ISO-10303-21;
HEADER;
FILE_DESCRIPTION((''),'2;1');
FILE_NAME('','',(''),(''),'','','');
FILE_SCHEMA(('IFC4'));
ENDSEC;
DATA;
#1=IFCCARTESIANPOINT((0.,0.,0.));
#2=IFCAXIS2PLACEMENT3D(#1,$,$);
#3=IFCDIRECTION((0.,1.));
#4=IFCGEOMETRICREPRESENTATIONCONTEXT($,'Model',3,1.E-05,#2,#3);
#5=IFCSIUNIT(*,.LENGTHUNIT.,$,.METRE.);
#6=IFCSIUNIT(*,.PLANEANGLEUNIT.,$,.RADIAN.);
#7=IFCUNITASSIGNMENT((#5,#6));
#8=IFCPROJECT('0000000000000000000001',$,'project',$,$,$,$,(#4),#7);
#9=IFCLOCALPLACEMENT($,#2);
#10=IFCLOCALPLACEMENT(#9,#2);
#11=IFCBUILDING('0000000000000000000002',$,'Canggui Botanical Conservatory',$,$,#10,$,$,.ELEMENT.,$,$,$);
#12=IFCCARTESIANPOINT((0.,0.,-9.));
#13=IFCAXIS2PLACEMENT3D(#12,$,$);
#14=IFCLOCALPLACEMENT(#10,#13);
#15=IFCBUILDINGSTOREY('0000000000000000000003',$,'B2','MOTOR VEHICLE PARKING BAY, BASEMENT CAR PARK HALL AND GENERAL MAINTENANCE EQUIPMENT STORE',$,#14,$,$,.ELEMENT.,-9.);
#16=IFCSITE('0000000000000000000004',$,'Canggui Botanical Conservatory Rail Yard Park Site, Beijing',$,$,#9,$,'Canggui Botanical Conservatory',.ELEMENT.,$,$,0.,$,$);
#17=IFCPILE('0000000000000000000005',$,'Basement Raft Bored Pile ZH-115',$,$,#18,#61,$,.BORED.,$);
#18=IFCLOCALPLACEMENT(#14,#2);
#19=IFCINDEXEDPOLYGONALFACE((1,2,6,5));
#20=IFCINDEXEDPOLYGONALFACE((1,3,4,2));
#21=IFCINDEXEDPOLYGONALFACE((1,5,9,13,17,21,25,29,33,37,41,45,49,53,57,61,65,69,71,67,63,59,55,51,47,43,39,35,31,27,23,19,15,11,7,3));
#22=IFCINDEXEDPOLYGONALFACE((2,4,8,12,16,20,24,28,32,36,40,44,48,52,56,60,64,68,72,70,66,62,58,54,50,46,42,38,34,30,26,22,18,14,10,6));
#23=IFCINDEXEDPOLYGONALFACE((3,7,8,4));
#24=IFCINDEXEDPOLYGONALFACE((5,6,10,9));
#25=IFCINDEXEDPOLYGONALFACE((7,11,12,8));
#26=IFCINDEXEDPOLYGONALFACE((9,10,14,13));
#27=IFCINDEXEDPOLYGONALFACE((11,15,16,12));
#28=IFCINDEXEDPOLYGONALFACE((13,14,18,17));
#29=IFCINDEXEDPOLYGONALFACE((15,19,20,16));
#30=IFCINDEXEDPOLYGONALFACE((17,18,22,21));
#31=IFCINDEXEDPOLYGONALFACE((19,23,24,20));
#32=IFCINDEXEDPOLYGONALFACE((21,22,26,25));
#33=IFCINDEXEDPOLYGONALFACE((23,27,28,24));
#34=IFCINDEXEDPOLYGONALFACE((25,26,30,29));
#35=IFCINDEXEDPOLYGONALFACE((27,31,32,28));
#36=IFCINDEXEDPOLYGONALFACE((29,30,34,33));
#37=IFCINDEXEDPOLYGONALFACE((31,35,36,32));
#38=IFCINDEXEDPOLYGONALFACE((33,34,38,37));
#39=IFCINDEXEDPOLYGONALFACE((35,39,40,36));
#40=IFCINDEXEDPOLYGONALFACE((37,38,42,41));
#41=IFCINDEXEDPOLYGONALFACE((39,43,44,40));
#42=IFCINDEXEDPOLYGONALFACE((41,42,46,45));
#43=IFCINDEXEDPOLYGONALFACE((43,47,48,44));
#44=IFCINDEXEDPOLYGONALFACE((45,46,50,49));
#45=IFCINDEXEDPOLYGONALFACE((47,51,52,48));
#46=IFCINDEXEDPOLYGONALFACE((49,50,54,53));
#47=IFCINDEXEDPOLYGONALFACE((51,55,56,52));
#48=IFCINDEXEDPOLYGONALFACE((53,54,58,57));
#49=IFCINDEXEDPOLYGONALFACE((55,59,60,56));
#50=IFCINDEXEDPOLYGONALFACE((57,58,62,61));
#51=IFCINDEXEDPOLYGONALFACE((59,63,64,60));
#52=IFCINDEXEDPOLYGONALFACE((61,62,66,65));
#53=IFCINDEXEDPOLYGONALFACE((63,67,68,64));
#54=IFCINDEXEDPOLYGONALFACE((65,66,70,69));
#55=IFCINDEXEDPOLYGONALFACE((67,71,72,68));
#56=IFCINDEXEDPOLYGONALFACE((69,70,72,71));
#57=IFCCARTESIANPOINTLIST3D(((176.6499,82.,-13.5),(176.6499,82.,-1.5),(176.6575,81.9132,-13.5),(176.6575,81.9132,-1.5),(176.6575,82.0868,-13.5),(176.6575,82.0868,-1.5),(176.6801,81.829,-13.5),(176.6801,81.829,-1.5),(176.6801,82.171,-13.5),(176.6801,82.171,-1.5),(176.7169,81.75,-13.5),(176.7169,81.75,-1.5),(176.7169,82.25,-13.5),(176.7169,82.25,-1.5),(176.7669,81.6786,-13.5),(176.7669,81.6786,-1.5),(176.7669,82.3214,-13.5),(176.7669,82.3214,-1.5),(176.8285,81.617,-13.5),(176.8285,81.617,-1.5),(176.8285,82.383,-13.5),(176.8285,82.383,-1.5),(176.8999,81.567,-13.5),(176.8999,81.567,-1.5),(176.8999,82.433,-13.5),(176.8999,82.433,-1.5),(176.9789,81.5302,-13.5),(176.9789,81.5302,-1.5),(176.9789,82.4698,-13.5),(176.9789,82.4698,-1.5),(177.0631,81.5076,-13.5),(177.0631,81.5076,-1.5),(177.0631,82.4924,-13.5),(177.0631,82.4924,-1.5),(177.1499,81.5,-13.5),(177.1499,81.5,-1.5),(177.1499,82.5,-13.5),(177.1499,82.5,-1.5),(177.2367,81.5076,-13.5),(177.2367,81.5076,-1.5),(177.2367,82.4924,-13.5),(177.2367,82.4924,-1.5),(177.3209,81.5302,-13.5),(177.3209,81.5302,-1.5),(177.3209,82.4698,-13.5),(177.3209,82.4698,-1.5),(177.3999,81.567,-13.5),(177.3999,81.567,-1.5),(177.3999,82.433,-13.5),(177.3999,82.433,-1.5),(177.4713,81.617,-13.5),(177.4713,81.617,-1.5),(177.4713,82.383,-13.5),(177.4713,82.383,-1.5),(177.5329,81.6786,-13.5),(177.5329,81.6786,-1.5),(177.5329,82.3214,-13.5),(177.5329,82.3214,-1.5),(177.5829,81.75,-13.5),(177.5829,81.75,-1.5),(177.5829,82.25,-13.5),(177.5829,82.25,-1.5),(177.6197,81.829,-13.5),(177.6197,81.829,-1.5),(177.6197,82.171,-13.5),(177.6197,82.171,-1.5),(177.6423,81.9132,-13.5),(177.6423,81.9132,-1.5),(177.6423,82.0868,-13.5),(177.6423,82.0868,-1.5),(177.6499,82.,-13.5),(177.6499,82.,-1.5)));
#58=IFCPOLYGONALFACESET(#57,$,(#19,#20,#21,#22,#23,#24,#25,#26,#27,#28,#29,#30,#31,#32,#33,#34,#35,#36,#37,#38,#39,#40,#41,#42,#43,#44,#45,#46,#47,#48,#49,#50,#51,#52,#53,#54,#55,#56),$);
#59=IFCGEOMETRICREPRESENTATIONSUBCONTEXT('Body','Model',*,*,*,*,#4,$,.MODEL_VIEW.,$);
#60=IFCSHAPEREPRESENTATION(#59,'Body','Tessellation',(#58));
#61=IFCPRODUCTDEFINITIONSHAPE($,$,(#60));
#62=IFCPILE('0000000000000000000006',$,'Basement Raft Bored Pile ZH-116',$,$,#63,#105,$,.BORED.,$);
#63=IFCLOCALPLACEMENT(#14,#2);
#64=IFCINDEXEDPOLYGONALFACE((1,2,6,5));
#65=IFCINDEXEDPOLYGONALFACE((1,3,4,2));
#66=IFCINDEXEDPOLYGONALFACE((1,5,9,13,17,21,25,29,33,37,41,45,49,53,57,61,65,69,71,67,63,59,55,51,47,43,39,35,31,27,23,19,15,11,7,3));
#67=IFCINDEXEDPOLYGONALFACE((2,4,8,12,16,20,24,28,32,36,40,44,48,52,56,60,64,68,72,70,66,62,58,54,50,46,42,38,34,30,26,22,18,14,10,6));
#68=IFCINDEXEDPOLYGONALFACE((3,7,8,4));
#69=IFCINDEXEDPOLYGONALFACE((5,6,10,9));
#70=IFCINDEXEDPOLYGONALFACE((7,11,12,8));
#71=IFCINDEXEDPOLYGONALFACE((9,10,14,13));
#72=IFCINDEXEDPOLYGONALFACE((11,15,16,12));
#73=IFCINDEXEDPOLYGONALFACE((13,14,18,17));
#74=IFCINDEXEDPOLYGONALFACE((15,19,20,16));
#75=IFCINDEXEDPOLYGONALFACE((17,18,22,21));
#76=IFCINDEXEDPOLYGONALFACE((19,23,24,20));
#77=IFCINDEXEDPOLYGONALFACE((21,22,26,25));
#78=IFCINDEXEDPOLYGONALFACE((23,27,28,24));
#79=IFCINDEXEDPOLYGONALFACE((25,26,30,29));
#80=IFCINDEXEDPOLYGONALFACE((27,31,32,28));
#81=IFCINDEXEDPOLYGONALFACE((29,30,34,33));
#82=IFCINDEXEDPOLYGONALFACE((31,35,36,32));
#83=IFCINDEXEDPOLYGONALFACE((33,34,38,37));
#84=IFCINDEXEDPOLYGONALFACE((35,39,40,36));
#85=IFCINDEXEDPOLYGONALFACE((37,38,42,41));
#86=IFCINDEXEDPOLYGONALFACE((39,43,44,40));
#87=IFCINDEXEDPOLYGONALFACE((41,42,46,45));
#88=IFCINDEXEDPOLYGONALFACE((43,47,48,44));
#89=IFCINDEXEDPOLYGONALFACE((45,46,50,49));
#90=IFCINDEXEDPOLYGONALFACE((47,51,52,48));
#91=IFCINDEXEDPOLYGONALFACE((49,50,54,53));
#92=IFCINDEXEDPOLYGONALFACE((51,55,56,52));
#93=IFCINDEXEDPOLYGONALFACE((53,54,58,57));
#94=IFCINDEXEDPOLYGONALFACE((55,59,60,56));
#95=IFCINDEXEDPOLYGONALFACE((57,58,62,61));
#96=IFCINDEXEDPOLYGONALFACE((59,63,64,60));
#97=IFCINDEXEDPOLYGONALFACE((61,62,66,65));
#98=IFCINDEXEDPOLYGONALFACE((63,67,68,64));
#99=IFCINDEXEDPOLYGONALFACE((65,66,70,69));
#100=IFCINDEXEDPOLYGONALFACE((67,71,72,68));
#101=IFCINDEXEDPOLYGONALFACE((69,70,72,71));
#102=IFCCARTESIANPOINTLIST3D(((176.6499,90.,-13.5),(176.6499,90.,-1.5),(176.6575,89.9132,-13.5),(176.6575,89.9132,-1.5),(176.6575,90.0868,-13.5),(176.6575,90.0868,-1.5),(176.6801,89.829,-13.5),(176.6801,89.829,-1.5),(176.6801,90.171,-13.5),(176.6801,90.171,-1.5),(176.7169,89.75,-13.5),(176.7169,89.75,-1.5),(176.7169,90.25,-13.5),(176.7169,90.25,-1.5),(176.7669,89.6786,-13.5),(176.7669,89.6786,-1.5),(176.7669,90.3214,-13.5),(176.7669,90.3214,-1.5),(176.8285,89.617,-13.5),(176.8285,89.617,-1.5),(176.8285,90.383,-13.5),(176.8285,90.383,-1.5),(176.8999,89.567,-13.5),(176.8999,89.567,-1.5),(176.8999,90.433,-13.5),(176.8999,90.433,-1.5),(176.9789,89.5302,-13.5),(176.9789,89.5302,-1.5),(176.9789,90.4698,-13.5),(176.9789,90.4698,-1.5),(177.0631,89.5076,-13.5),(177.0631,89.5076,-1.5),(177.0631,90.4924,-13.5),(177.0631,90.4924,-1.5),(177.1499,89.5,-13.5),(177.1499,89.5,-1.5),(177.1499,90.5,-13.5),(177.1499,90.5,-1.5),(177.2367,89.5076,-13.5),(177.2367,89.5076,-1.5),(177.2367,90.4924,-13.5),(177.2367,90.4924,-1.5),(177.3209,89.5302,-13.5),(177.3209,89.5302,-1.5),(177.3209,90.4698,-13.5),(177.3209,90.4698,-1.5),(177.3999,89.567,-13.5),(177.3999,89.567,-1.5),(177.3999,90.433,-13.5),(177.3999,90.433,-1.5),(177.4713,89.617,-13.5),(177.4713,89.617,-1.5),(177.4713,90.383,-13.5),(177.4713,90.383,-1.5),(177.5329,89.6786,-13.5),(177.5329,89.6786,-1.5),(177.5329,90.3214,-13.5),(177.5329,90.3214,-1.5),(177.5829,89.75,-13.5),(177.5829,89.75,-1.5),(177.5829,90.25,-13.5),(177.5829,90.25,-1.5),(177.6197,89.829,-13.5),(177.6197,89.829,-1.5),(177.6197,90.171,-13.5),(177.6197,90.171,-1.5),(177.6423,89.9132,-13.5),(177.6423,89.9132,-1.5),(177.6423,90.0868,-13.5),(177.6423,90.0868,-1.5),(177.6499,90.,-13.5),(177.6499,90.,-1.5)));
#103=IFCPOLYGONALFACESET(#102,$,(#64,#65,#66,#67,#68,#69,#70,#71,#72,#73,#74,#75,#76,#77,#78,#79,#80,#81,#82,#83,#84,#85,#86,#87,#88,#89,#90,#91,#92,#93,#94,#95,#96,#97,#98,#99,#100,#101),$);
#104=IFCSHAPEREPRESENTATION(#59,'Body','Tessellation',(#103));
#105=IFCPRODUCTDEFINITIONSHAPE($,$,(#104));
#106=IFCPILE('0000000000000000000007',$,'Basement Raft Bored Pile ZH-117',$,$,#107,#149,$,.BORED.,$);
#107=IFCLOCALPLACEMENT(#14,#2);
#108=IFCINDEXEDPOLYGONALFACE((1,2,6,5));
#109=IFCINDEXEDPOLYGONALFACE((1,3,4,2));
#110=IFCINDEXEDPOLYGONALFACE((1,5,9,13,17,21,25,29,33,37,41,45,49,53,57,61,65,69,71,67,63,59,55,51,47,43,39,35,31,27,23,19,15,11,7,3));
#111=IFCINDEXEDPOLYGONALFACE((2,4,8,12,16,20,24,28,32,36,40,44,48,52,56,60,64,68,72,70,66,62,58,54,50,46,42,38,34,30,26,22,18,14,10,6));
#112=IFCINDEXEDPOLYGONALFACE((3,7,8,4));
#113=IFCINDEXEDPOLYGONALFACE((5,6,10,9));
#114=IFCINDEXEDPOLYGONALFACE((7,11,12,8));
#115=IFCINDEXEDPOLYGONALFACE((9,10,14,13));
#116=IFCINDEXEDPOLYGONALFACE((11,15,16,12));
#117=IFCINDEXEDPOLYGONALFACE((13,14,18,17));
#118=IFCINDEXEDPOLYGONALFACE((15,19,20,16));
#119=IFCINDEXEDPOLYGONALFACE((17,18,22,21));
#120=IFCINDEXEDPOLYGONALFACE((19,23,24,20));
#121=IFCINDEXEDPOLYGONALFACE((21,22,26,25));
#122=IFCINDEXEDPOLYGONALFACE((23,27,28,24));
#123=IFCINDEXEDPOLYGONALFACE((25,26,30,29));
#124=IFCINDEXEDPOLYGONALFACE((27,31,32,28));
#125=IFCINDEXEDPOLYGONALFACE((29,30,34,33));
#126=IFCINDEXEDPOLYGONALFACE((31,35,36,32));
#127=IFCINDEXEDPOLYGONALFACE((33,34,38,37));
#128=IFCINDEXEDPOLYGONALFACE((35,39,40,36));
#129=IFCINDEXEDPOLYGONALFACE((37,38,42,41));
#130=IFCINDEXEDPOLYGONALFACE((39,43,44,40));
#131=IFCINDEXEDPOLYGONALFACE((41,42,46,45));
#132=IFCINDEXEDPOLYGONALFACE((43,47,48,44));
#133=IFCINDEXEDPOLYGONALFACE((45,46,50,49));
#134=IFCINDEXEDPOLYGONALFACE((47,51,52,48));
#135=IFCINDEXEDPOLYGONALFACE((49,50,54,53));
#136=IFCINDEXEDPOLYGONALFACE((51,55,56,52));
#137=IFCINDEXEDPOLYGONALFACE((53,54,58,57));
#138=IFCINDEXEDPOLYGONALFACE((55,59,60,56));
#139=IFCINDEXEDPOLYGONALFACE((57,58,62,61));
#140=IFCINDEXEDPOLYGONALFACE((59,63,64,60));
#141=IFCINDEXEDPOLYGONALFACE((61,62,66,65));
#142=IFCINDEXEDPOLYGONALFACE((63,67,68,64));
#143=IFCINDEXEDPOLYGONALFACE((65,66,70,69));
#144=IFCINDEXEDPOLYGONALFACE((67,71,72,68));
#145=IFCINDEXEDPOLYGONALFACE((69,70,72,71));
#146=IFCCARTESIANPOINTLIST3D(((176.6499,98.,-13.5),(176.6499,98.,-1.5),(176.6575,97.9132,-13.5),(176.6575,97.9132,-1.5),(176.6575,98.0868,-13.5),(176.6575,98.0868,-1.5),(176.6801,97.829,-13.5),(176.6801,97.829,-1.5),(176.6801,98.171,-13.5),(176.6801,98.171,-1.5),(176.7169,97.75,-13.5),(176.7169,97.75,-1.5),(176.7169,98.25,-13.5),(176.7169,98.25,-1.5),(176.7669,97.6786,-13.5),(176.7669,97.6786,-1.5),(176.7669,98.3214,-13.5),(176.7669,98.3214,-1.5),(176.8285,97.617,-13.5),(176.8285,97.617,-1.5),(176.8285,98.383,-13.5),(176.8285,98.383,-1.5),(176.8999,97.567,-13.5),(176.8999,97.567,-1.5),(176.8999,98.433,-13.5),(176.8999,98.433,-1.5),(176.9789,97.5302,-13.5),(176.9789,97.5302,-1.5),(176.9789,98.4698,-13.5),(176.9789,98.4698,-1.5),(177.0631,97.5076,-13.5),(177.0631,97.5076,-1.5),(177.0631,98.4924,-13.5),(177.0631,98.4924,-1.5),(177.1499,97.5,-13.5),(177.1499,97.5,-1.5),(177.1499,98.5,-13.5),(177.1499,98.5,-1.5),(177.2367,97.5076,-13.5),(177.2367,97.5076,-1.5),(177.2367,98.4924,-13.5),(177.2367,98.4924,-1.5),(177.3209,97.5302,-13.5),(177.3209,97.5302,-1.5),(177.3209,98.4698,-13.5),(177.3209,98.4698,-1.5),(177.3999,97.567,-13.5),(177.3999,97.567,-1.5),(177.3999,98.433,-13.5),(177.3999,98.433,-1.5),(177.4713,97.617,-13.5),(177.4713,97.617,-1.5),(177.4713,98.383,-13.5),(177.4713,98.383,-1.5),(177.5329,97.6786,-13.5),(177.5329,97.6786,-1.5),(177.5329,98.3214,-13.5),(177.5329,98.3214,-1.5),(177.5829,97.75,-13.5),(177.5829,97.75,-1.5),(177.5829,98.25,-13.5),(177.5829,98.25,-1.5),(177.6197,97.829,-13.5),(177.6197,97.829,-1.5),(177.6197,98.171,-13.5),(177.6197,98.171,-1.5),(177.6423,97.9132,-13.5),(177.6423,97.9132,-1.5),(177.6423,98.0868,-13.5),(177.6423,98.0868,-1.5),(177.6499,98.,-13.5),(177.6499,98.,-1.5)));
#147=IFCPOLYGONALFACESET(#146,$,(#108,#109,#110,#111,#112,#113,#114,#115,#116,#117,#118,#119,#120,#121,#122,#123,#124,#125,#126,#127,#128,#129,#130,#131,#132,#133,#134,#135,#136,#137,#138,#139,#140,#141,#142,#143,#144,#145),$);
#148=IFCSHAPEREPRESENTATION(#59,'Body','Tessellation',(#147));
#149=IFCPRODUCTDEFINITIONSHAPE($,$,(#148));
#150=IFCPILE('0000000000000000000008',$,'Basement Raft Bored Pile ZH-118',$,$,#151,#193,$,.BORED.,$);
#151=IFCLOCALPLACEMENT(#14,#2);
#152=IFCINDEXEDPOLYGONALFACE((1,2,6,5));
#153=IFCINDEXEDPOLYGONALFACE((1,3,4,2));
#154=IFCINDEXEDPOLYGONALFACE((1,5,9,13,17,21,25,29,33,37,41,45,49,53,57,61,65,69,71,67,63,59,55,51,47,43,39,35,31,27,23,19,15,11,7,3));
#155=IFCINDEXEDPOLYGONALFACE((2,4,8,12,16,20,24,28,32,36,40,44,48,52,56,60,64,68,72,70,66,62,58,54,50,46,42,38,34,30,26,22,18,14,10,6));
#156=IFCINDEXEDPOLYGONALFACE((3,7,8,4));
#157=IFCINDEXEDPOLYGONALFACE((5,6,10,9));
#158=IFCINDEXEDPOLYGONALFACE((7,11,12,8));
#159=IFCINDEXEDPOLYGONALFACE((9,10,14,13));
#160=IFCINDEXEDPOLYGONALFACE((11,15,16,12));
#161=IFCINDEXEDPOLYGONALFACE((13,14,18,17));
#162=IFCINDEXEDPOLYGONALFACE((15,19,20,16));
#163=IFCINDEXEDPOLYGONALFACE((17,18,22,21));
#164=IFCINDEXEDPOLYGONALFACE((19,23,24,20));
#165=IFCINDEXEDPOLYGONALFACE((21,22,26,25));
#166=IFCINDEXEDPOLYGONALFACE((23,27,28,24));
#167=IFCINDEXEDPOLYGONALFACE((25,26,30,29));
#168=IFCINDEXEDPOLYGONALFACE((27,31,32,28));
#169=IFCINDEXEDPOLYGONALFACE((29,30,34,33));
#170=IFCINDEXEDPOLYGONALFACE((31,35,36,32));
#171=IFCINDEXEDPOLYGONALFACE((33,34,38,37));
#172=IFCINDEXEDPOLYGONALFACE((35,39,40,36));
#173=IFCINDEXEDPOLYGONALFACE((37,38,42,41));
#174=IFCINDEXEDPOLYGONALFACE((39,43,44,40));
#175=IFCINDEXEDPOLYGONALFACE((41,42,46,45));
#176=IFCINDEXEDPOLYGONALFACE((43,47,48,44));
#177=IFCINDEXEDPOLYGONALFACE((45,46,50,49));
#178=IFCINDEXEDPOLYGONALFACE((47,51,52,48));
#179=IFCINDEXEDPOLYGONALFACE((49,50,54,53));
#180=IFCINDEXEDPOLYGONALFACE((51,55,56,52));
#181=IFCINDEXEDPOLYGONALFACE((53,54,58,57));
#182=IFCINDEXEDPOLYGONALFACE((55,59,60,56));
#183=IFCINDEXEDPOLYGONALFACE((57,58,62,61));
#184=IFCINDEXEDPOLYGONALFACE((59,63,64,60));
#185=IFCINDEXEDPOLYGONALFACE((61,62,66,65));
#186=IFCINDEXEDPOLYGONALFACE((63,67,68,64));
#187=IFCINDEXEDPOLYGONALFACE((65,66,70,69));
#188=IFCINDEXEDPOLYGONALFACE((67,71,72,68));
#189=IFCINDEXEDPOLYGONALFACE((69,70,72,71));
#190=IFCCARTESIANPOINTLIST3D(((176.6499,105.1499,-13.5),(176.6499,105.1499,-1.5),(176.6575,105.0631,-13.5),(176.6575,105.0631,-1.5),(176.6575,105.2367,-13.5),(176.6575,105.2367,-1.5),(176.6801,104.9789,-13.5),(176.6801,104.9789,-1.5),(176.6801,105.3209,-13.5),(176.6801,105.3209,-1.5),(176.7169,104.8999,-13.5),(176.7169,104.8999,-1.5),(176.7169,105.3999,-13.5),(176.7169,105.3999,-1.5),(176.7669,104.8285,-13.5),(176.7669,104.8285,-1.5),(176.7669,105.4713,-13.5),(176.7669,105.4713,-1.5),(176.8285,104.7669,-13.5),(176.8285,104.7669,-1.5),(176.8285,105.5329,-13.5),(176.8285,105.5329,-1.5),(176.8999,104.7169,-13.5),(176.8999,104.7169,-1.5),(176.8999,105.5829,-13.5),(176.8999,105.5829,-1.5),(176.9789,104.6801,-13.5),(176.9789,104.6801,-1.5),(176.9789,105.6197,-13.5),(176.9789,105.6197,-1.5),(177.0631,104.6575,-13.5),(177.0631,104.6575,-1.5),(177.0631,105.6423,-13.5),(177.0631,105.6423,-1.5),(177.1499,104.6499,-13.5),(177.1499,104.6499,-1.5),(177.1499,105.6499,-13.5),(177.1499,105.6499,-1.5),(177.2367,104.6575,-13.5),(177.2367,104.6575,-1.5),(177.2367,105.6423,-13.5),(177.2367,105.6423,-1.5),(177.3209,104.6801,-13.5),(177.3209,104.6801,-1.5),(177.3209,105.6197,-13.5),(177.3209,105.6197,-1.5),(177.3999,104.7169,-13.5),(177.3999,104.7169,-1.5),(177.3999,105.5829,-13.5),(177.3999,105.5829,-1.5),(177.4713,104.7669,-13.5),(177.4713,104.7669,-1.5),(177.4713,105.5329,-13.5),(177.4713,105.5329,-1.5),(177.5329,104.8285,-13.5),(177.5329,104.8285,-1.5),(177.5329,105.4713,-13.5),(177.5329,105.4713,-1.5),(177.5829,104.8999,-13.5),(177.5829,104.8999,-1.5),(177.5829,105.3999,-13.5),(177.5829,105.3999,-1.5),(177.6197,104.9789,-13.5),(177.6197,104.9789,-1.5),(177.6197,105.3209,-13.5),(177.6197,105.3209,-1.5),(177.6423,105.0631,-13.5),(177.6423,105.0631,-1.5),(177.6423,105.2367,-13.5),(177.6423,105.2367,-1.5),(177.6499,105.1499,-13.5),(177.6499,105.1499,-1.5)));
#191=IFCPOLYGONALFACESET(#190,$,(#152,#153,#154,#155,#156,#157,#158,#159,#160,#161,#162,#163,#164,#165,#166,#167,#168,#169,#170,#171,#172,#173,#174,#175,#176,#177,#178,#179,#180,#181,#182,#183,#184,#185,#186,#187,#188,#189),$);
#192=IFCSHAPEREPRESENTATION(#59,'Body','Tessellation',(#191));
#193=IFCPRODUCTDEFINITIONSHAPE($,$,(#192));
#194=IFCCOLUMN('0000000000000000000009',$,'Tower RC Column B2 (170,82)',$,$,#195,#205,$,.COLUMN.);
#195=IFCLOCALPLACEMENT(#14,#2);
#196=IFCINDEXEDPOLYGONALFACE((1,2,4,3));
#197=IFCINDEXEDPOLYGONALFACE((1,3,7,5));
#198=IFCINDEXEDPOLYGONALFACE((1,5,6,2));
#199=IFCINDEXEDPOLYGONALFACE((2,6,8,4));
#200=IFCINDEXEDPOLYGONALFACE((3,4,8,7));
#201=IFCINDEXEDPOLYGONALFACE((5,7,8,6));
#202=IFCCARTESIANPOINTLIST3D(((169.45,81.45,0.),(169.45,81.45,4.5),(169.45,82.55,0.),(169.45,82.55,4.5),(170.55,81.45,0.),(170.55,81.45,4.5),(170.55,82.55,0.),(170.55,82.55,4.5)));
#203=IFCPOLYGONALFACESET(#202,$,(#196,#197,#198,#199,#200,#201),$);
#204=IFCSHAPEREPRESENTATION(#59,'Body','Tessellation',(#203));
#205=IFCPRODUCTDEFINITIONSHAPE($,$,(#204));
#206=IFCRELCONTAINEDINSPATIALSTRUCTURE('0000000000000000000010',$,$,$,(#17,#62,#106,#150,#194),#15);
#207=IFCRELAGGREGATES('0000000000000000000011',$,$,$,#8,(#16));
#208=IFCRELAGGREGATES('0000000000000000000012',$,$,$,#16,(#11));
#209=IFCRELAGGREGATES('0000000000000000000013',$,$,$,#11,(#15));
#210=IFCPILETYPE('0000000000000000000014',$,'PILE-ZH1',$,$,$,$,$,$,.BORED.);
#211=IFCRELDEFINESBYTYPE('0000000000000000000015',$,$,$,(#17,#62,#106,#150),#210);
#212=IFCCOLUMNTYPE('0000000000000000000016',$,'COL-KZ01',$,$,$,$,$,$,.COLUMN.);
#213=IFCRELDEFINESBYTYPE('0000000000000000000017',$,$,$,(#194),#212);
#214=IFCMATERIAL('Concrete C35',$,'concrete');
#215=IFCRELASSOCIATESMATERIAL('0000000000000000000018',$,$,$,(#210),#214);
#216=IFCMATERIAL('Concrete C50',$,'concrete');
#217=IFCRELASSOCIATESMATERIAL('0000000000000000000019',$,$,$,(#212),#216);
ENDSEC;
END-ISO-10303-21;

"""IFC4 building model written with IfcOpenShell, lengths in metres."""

from ifc_helpers import new_model, si_unit, direction, frame, origin, origin_2d, place, context, subcontext, project, spatial, rectangle, circle, extrude, material, material_profile, profile_set, type_object, element, save


model = new_model("IFC4")

# Units and contexts
model_context = context("Model", 3, precision=1e-05, world=origin(), true_north=direction((0.0, 1.0)))
body_context = subcontext(model_context, "Body", "Model", "MODEL_VIEW")
ifc_project = project(units=[si_unit("LENGTHUNIT", "METRE"), si_unit("PLANEANGLEUNIT", "RADIAN")], contexts=[model_context])

# Site, building, storey
site_placement = place(None, origin())
site = spatial("IfcSite", under=ifc_project, at=site_placement, Name="Canggui Botanical Conservatory Rail Yard Park Site, Beijing", LongName="Canggui Botanical Conservatory", CompositionType="ELEMENT", RefElevation=0.0)
building_placement = place(site_placement, origin())
building = spatial("IfcBuilding", under=site, at=building_placement, Name="Canggui Botanical Conservatory", CompositionType="ELEMENT")
storey_placement = place(building_placement, frame((0.0, 0.0, -9.0)))
storey = spatial("IfcBuildingStorey", under=building, at=storey_placement, Name="B2", Description="MOTOR VEHICLE PARKING BAY, BASEMENT CAR PARK HALL AND GENERAL MAINTENANCE EQUIPMENT STORE", CompositionType="ELEMENT", Elevation=-9.0)

# Piles
ifc_material_1 = material(Name="Concrete C35", Category="concrete")
ifc_material_profile_1 = material_profile(ifc_material_1, circle(Radius=0.5, at=origin_2d()), Name="PILE D1000")
ifc_profile_set_1 = profile_set([ifc_material_profile_1], Name="Concrete C35")
pile_type = type_object("IfcPileType", Name="PILE-ZH1", PredefinedType="BORED", material=ifc_profile_set_1)
for number, where, z_axis, x_axis, name in (
    (1, (177.1499, 82.0, -1.5), (0.0, 0.0, -1.0), (1.0, 0.0, 0.0), "Basement Raft Bored Pile ZH-115"),
    (2, (177.1499, 90.0, -1.5), (0.0, 0.0, -1.0), (1.0, 0.0, 0.0), "Basement Raft Bored Pile ZH-116"),
    (3, (177.1499, 98.0, -1.5), (0.0, 0.0, -1.0), (1.0, 0.0, 0.0), "Basement Raft Bored Pile ZH-117"),
    (4, (177.1499, 105.1499, -1.5), (0.0, 0.0, -1.0), (1.0, 0.0, 0.0), "Basement Raft Bored Pile ZH-118"),
):
    element("IfcPile", number, at=place(storey_placement, frame(where, z_axis=z_axis, x_axis=x_axis)), inside=storey, type_object=pile_type, Name=name, PredefinedType="BORED", context=body_context, shape_type="SweptSolid", body=[
        extrude(circle(Radius=0.5, at=origin_2d()), origin(), (0.0, 0.0, 1.0), 12.0),
    ])

# Column
ifc_material_2 = material(Name="Concrete C50", Category="concrete")
ifc_material_profile_2 = material_profile(ifc_material_2, rectangle(XDim=1.1001, YDim=1.1001, at=origin_2d()), Name="RC 1100x1100")
ifc_profile_set_2 = profile_set([ifc_material_profile_2], Name="Concrete C50")
column_type_1 = type_object("IfcColumnType", Name="COL-KZ01", PredefinedType="COLUMN", material=ifc_profile_set_2)
for number, where, z_axis, x_axis, name in (
    (5, (170.0, 82.0, 0.0), (0.0, 0.0, 1.0), (1.0, 0.0, 0.0), "Tower RC Column B2 (170,82)"),
):
    element("IfcColumn", number, at=place(storey_placement, frame(where, z_axis=z_axis, x_axis=x_axis)), inside=storey, type_object=column_type_1, Name=name, PredefinedType="COLUMN", context=body_context, shape_type="SweptSolid", body=[
        extrude(rectangle(XDim=1.1001, YDim=1.1001, at=origin_2d()), origin(), (0.0, 0.0, 1.0), 4.5),
    ])

save(model, "model.ifc")
